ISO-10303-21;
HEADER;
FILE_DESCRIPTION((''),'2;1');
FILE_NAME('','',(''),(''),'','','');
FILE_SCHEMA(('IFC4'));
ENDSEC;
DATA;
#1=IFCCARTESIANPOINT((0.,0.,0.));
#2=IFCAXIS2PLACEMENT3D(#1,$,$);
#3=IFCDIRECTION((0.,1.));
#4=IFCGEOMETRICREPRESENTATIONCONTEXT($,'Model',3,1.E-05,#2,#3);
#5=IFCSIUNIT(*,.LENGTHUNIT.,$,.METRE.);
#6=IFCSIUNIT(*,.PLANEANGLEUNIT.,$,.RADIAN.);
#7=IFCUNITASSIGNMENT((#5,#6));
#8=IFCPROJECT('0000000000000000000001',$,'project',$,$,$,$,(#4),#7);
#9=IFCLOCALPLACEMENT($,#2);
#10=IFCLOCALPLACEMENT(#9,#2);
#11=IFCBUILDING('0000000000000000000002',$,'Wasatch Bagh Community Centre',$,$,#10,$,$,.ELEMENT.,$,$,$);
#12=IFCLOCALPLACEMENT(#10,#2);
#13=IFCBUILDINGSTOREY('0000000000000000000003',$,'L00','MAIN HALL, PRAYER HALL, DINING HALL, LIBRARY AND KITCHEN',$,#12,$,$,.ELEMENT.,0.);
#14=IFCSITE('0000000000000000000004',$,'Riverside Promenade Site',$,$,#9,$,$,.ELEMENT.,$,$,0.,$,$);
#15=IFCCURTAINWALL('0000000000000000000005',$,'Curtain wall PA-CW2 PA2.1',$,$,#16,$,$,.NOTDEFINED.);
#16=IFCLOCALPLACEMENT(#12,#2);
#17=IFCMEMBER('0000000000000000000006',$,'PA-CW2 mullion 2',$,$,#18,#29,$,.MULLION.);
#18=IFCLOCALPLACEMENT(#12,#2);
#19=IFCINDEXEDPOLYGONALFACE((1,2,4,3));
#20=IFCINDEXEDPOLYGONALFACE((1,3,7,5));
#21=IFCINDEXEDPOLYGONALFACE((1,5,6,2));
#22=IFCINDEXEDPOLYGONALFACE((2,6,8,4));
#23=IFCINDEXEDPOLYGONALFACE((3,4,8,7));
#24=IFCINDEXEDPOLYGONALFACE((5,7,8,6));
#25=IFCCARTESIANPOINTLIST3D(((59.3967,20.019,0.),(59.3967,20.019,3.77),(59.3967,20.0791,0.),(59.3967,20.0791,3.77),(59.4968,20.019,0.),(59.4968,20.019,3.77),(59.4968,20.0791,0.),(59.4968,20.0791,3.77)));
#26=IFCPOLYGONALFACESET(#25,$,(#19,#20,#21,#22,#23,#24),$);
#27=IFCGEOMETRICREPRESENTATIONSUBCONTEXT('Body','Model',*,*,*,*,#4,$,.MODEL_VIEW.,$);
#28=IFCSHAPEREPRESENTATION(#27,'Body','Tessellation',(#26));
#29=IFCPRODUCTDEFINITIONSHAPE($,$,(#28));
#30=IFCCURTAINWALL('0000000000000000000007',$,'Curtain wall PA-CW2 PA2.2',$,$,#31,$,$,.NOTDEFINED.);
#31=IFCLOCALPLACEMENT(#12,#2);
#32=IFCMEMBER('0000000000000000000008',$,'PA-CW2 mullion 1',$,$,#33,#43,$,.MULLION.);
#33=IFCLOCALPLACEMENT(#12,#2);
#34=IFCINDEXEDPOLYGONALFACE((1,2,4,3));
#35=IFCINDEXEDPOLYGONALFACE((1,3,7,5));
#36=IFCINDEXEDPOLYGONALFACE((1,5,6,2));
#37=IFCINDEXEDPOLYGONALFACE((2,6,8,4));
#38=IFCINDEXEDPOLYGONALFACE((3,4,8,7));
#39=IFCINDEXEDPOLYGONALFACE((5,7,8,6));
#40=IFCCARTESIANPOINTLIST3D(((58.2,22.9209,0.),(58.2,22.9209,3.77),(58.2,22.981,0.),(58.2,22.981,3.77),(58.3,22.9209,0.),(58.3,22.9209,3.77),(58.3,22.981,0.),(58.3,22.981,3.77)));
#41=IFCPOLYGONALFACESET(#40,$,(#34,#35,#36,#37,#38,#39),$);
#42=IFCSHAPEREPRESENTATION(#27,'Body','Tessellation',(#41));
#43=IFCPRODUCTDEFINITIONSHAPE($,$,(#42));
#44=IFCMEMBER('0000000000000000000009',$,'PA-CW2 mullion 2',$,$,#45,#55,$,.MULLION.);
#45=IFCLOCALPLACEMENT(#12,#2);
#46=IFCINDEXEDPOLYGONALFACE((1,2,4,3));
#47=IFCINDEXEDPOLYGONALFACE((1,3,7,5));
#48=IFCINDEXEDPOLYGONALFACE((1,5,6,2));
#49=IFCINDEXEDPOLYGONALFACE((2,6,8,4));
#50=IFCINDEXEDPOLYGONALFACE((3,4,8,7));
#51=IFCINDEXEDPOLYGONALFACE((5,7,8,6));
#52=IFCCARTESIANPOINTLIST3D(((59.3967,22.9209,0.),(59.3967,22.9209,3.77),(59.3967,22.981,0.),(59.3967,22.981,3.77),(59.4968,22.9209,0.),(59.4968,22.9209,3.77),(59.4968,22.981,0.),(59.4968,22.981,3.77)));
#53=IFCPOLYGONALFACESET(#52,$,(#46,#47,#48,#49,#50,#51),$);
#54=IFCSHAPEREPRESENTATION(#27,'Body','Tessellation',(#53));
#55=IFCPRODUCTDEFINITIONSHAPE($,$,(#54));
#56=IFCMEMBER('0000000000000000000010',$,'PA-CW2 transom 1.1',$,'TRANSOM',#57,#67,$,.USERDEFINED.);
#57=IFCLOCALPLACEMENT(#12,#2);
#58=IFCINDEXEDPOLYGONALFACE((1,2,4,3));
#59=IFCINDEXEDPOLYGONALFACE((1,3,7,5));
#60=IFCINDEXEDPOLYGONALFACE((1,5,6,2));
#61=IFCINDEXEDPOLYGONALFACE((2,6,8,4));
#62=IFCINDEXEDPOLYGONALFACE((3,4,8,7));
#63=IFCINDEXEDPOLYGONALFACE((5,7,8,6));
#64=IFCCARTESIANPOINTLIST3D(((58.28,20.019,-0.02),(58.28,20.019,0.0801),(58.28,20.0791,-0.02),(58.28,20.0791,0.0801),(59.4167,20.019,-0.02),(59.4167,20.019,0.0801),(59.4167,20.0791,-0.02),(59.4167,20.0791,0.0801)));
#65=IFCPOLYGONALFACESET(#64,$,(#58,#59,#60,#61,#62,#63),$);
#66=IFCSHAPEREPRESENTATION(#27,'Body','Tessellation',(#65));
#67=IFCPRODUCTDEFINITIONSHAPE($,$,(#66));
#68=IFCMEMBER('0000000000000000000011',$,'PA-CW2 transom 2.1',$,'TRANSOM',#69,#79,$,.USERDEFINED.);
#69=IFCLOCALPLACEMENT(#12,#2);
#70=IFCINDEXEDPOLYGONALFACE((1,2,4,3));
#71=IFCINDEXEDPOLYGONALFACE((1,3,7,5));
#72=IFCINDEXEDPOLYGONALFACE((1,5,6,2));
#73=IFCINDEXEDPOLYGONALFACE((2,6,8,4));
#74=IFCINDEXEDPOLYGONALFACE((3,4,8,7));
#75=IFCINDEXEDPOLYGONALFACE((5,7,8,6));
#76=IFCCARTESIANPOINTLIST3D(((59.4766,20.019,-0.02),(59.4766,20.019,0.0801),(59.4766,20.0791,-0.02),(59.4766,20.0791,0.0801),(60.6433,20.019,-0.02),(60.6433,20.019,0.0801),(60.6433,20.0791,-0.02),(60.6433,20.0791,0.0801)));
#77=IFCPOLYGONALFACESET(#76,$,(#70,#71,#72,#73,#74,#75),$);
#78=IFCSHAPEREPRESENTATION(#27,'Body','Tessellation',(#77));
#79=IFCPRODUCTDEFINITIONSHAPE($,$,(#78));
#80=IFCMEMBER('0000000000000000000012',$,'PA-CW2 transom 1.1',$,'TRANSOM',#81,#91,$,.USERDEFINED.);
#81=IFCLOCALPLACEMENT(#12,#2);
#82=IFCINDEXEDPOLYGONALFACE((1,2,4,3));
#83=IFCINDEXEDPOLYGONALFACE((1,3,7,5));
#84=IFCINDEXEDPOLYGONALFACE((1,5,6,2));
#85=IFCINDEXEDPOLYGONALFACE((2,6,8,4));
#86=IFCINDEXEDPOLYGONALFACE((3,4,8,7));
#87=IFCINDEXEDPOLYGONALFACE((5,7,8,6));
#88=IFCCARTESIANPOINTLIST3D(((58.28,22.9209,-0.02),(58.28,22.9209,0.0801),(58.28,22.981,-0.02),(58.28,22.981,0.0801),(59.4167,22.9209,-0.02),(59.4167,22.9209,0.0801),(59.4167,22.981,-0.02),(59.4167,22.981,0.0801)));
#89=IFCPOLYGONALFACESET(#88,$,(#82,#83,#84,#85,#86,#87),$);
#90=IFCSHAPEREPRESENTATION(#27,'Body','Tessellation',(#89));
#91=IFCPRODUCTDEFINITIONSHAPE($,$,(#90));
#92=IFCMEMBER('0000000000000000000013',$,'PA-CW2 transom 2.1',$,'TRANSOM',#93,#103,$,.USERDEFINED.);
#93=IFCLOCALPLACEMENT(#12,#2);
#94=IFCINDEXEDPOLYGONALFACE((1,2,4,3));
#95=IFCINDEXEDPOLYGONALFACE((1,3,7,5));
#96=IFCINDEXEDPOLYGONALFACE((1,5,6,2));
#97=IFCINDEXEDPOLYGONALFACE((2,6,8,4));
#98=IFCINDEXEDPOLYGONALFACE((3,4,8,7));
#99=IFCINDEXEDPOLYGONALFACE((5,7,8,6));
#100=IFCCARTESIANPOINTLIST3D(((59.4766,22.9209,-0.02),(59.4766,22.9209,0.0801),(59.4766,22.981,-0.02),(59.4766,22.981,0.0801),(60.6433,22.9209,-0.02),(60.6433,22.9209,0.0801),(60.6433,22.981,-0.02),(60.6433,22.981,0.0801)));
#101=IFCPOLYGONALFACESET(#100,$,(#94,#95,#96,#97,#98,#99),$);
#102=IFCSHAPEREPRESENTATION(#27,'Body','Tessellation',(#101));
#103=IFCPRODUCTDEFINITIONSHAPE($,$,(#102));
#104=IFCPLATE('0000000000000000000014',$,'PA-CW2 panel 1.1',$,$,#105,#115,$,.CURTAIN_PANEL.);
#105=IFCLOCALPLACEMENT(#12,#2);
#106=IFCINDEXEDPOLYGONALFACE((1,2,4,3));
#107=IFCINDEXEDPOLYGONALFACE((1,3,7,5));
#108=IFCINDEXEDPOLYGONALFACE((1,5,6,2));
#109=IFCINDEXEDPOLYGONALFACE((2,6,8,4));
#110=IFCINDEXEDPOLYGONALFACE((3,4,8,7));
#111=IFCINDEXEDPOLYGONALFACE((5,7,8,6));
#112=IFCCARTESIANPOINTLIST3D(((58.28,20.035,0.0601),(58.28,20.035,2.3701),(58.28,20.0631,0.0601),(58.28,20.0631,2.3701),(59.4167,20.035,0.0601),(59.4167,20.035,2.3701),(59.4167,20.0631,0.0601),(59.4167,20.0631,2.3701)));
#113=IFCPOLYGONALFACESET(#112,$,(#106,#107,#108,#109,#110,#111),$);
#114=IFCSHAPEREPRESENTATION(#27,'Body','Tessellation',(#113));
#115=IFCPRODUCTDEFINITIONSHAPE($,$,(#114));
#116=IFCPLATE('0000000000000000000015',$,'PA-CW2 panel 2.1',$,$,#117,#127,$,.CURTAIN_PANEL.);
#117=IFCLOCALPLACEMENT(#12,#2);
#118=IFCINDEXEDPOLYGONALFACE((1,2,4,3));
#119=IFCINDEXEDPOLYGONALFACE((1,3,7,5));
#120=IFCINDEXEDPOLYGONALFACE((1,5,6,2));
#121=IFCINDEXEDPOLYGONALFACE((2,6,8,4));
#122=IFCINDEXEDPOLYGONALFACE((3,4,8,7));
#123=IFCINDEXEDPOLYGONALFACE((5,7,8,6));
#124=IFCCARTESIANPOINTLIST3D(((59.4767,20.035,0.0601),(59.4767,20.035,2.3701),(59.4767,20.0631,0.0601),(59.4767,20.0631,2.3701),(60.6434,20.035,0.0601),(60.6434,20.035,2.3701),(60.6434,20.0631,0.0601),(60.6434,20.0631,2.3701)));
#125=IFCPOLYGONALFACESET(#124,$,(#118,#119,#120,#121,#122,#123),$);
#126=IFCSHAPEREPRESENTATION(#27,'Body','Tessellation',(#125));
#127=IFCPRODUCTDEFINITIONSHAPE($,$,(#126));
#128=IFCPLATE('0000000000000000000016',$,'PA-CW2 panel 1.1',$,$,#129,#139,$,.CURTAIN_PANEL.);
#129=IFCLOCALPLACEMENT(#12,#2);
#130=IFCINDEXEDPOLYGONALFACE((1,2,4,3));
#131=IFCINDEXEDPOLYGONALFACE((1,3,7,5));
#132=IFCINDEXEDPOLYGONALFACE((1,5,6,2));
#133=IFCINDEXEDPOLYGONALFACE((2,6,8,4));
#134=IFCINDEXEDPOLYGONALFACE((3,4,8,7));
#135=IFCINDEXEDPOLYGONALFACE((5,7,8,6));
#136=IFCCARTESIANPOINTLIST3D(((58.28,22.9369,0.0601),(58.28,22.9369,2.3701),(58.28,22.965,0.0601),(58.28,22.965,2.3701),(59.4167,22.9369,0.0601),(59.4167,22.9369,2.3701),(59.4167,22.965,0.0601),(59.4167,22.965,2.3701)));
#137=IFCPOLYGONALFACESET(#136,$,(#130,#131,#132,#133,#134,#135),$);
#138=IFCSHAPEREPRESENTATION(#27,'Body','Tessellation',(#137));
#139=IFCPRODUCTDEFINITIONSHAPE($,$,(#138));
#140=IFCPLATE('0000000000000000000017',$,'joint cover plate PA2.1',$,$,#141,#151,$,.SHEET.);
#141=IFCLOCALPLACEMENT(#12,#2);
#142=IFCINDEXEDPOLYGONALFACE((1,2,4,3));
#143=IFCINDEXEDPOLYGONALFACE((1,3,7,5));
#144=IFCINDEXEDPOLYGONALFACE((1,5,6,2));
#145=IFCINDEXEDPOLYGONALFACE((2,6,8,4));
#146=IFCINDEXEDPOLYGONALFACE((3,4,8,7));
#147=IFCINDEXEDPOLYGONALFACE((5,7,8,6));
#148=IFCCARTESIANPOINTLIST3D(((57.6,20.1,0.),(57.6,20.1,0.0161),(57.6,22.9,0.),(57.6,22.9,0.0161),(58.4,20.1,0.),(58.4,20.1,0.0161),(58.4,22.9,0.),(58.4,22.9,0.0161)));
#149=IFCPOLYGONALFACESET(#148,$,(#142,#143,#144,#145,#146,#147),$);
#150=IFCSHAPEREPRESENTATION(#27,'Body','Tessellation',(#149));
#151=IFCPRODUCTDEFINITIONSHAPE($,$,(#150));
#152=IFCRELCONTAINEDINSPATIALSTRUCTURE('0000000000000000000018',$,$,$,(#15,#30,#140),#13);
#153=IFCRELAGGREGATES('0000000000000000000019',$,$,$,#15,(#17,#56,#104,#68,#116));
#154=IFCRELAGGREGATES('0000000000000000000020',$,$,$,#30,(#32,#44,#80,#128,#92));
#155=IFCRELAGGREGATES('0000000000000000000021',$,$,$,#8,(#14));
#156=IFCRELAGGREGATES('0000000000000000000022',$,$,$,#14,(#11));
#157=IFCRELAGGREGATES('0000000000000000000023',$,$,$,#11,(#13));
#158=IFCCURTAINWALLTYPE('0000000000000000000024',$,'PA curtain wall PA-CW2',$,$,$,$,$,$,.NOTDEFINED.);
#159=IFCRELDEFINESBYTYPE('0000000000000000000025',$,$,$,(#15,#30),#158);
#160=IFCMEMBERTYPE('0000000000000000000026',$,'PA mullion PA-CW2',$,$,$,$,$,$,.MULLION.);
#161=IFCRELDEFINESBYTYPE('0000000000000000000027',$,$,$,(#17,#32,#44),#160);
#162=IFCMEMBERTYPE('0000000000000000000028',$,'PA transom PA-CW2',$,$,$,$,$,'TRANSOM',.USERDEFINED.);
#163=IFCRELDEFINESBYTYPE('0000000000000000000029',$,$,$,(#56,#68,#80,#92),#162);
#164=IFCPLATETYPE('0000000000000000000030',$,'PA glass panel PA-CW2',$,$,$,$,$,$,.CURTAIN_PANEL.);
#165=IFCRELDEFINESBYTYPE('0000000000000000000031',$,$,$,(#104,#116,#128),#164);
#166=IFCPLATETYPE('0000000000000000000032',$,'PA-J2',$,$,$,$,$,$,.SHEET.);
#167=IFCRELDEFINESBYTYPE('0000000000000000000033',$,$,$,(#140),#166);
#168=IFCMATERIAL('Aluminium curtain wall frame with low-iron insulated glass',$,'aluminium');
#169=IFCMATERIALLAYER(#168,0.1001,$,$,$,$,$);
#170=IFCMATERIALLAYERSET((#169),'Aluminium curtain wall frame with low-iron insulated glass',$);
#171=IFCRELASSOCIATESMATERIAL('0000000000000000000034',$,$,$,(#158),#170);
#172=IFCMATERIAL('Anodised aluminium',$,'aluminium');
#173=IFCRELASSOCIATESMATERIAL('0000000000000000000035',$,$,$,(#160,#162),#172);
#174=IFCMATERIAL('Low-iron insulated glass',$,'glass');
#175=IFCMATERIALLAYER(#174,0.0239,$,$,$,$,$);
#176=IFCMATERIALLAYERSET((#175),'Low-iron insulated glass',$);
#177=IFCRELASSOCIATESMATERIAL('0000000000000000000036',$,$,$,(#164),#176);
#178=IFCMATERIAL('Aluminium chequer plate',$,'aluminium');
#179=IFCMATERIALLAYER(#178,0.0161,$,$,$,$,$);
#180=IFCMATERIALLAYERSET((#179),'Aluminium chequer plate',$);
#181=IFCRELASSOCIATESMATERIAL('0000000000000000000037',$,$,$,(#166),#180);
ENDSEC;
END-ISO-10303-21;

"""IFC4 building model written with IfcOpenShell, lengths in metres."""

from ifc_helpers import new_model, si_unit, direction, frame, origin, origin_2d, place, context, subcontext, project, spatial, rectangle, extrude, material, layer, layer_set, material_profile, profile_set, type_object, element, aggregate, save


model = new_model("IFC4")

# Units and contexts
model_context = context("Model", 3, precision=1e-05, world=origin(), true_north=direction((0.0, 1.0)))
body_context = subcontext(model_context, "Body", "Model", "MODEL_VIEW")
ifc_project = project(units=[si_unit("LENGTHUNIT", "METRE"), si_unit("PLANEANGLEUNIT", "RADIAN")], contexts=[model_context])

# Site, building, storey
site_placement = place(None, origin())
site = spatial("IfcSite", under=ifc_project, at=site_placement, Name="Riverside Promenade Site", CompositionType="ELEMENT", RefElevation=0.0)
building_placement = place(site_placement, origin())
building = spatial("IfcBuilding", under=site, at=building_placement, Name="Wasatch Bagh Community Centre", CompositionType="ELEMENT")
storey_placement = place(building_placement, origin())
storey = spatial("IfcBuildingStorey", under=building, at=storey_placement, Name="L00", Description="MAIN HALL, PRAYER HALL, DINING HALL, LIBRARY AND KITCHEN", CompositionType="ELEMENT", Elevation=0.0)

# Shared definitions
ifc_material_1 = material(Name="Aluminium curtain wall frame with low-iron insulated glass", Category="aluminium")

# Curtain walls, members
ifc_layer_1 = layer(ifc_material_1, 0.1001)
ifc_layer_set_1 = layer_set([ifc_layer_1], Name="Aluminium curtain wall frame with low-iron insulated glass")
curtain_wall_type_1 = type_object("IfcCurtainWallType", Name="PA curtain wall PA-CW2", PredefinedType="NOTDEFINED", material=ifc_layer_set_1)
curtain_wall_1_placement = place(storey_placement, origin())
curtain_wall_1 = element("IfcCurtainWall", 1, at=curtain_wall_1_placement, inside=storey, type_object=curtain_wall_type_1, Name="Curtain wall PA-CW2 PA2.1", PredefinedType="NOTDEFINED")
ifc_material_2 = material(Name="Anodised aluminium", Category="aluminium")
ifc_material_profile_1 = material_profile(ifc_material_2, rectangle(XDim=0.0601, YDim=0.1001, at=origin_2d()), Name="PA mullion PA-CW2")
ifc_profile_set_1 = profile_set([ifc_material_profile_1], Name="Anodised aluminium")
member_type_1 = type_object("IfcMemberType", Name="PA mullion PA-CW2", PredefinedType="MULLION", material=ifc_profile_set_1)
member_1_placement = place(storey_placement, frame((59.4468, 20.0491, 0.0), z_axis=(0.0, 0.0, 1.0), x_axis=(0.0, 1.0, 0.0)))
member_1 = element("IfcMember", 2, at=member_1_placement, type_object=member_type_1, Name="PA-CW2 mullion 2", PredefinedType="MULLION", context=body_context, shape_type="SweptSolid", body=[
    extrude(rectangle(XDim=0.0601, YDim=0.1001, at=origin_2d()), origin(), (0.0, 0.0, 1.0), 3.77),
])
curtain_wall_2_placement = place(storey_placement, origin())
curtain_wall_2 = element("IfcCurtainWall", 3, at=curtain_wall_2_placement, inside=storey, type_object=curtain_wall_type_1, Name="Curtain wall PA-CW2 PA2.2", PredefinedType="NOTDEFINED")
member_2_placement = place(storey_placement, frame((58.25, 22.9509, 0.0), z_axis=(0.0, 0.0, 1.0), x_axis=(0.0, 1.0, 0.0)))
member_2 = element("IfcMember", 4, at=member_2_placement, type_object=member_type_1, Name="PA-CW2 mullion 1", PredefinedType="MULLION", context=body_context, shape_type="SweptSolid", body=[
    extrude(rectangle(XDim=0.0601, YDim=0.1001, at=origin_2d()), origin(), (0.0, 0.0, 1.0), 3.77),
])
member_3_placement = place(storey_placement, frame((59.4468, 22.9509, 0.0), z_axis=(0.0, 0.0, 1.0), x_axis=(0.0, 1.0, 0.0)))
member_3 = element("IfcMember", 5, at=member_3_placement, type_object=member_type_1, Name="PA-CW2 mullion 2", PredefinedType="MULLION", context=body_context, shape_type="SweptSolid", body=[
    extrude(rectangle(XDim=0.0601, YDim=0.1001, at=origin_2d()), origin(), (0.0, 0.0, 1.0), 3.77),
])

# Members
ifc_material_profile_2 = material_profile(ifc_material_2, rectangle(XDim=0.0601, YDim=0.1001, at=origin_2d()), Name="PA transom PA-CW2")
ifc_profile_set_2 = profile_set([ifc_material_profile_2], Name="Anodised aluminium")
member_type_2 = type_object("IfcMemberType", Name="PA transom PA-CW2", ElementType="TRANSOM", PredefinedType="USERDEFINED", material=ifc_profile_set_2)
member_4_placement = place(storey_placement, frame((58.28, 20.0491, 0.03), z_axis=(1.0, 0.0, 0.0), x_axis=(0.0, 1.0, 0.0)))
member_4 = element("IfcMember", 6, at=member_4_placement, type_object=member_type_2, Name="PA-CW2 transom 1.1", ObjectType="TRANSOM", PredefinedType="USERDEFINED", context=body_context, shape_type="SweptSolid", body=[
    extrude(rectangle(XDim=0.0601, YDim=0.1001, at=origin_2d()), origin(), (0.0, 0.0, 1.0), 1.1367),
])
member_5_placement = place(storey_placement, frame((59.4766, 20.0491, 0.03), z_axis=(1.0, 0.0, 0.0), x_axis=(0.0, 1.0, 0.0)))
member_5 = element("IfcMember", 7, at=member_5_placement, type_object=member_type_2, Name="PA-CW2 transom 2.1", ObjectType="TRANSOM", PredefinedType="USERDEFINED", context=body_context, shape_type="SweptSolid", body=[
    extrude(rectangle(XDim=0.0601, YDim=0.1001, at=origin_2d()), origin(), (0.0, 0.0, 1.0), 1.1667),
])
member_6_placement = place(storey_placement, frame((58.28, 22.9509, 0.03), z_axis=(1.0, 0.0, 0.0), x_axis=(0.0, 1.0, 0.0)))
member_6 = element("IfcMember", 8, at=member_6_placement, type_object=member_type_2, Name="PA-CW2 transom 1.1", ObjectType="TRANSOM", PredefinedType="USERDEFINED", context=body_context, shape_type="SweptSolid", body=[
    extrude(rectangle(XDim=0.0601, YDim=0.1001, at=origin_2d()), origin(), (0.0, 0.0, 1.0), 1.1367),
])
member_7_placement = place(storey_placement, frame((59.4766, 22.9509, 0.03), z_axis=(1.0, 0.0, 0.0), x_axis=(0.0, 1.0, 0.0)))
member_7 = element("IfcMember", 9, at=member_7_placement, type_object=member_type_2, Name="PA-CW2 transom 2.1", ObjectType="TRANSOM", PredefinedType="USERDEFINED", context=body_context, shape_type="SweptSolid", body=[
    extrude(rectangle(XDim=0.0601, YDim=0.1001, at=origin_2d()), origin(), (0.0, 0.0, 1.0), 1.1667),
])

# Plates
ifc_material_3 = material(Name="Low-iron insulated glass", Category="glass")
ifc_layer_2 = layer(ifc_material_3, 0.0239)
ifc_layer_set_2 = layer_set([ifc_layer_2], Name="Low-iron insulated glass")
plate_type_1 = type_object("IfcPlateType", Name="PA glass panel PA-CW2", PredefinedType="CURTAIN_PANEL", material=ifc_layer_set_2)
plate_1_placement = place(storey_placement, frame((58.8484, 20.0491, 0.0601), z_axis=(0.0, 0.0, 1.0), x_axis=(1.0, 0.0, 0.0)))
plate_1 = element("IfcPlate", 10, at=plate_1_placement, type_object=plate_type_1, Name="PA-CW2 panel 1.1", PredefinedType="CURTAIN_PANEL", context=body_context, shape_type="SweptSolid", body=[
    extrude(rectangle(XDim=1.1367, YDim=0.0281, at=origin_2d()), origin(), (0.0, 0.0, 1.0), 2.3101),
])
plate_2_placement = place(storey_placement, frame((60.0601, 20.0491, 0.0601), z_axis=(0.0, 0.0, 1.0), x_axis=(1.0, 0.0, 0.0)))
plate_2 = element("IfcPlate", 11, at=plate_2_placement, type_object=plate_type_1, Name="PA-CW2 panel 2.1", PredefinedType="CURTAIN_PANEL", context=body_context, shape_type="SweptSolid", body=[
    extrude(rectangle(XDim=1.1667, YDim=0.0281, at=origin_2d()), origin(), (0.0, 0.0, 1.0), 2.3101),
])
aggregate(curtain_wall_1, [member_1, member_4, plate_1, member_5, plate_2])
plate_3_placement = place(storey_placement, frame((58.8484, 22.9509, 0.0601), z_axis=(0.0, 0.0, 1.0), x_axis=(1.0, 0.0, 0.0)))
plate_3 = element("IfcPlate", 12, at=plate_3_placement, type_object=plate_type_1, Name="PA-CW2 panel 1.1", PredefinedType="CURTAIN_PANEL", context=body_context, shape_type="SweptSolid", body=[
    extrude(rectangle(XDim=1.1367, YDim=0.0281, at=origin_2d()), origin(), (0.0, 0.0, 1.0), 2.3101),
])
aggregate(curtain_wall_2, [member_2, member_3, member_6, plate_3, member_7])
ifc_material_4 = material(Name="Aluminium chequer plate", Category="aluminium")
ifc_layer_3 = layer(ifc_material_4, 0.0161)
ifc_layer_set_3 = layer_set([ifc_layer_3], Name="Aluminium chequer plate")
plate_type_2 = type_object("IfcPlateType", Name="PA-J2", PredefinedType="SHEET", material=ifc_layer_set_3)
plate_4_placement = place(storey_placement, frame((58.0, 21.5, 0.0), z_axis=(0.0, 0.0, 1.0), x_axis=(1.0, 0.0, 0.0)))
element("IfcPlate", 13, at=plate_4_placement, inside=storey, type_object=plate_type_2, Name="joint cover plate PA2.1", PredefinedType="SHEET", context=body_context, shape_type="SweptSolid", body=[
    extrude(rectangle(XDim=0.8, YDim=2.8, at=origin_2d()), origin(), (0.0, 0.0, 1.0), 0.0161),
])

save(model, "model.ifc")
